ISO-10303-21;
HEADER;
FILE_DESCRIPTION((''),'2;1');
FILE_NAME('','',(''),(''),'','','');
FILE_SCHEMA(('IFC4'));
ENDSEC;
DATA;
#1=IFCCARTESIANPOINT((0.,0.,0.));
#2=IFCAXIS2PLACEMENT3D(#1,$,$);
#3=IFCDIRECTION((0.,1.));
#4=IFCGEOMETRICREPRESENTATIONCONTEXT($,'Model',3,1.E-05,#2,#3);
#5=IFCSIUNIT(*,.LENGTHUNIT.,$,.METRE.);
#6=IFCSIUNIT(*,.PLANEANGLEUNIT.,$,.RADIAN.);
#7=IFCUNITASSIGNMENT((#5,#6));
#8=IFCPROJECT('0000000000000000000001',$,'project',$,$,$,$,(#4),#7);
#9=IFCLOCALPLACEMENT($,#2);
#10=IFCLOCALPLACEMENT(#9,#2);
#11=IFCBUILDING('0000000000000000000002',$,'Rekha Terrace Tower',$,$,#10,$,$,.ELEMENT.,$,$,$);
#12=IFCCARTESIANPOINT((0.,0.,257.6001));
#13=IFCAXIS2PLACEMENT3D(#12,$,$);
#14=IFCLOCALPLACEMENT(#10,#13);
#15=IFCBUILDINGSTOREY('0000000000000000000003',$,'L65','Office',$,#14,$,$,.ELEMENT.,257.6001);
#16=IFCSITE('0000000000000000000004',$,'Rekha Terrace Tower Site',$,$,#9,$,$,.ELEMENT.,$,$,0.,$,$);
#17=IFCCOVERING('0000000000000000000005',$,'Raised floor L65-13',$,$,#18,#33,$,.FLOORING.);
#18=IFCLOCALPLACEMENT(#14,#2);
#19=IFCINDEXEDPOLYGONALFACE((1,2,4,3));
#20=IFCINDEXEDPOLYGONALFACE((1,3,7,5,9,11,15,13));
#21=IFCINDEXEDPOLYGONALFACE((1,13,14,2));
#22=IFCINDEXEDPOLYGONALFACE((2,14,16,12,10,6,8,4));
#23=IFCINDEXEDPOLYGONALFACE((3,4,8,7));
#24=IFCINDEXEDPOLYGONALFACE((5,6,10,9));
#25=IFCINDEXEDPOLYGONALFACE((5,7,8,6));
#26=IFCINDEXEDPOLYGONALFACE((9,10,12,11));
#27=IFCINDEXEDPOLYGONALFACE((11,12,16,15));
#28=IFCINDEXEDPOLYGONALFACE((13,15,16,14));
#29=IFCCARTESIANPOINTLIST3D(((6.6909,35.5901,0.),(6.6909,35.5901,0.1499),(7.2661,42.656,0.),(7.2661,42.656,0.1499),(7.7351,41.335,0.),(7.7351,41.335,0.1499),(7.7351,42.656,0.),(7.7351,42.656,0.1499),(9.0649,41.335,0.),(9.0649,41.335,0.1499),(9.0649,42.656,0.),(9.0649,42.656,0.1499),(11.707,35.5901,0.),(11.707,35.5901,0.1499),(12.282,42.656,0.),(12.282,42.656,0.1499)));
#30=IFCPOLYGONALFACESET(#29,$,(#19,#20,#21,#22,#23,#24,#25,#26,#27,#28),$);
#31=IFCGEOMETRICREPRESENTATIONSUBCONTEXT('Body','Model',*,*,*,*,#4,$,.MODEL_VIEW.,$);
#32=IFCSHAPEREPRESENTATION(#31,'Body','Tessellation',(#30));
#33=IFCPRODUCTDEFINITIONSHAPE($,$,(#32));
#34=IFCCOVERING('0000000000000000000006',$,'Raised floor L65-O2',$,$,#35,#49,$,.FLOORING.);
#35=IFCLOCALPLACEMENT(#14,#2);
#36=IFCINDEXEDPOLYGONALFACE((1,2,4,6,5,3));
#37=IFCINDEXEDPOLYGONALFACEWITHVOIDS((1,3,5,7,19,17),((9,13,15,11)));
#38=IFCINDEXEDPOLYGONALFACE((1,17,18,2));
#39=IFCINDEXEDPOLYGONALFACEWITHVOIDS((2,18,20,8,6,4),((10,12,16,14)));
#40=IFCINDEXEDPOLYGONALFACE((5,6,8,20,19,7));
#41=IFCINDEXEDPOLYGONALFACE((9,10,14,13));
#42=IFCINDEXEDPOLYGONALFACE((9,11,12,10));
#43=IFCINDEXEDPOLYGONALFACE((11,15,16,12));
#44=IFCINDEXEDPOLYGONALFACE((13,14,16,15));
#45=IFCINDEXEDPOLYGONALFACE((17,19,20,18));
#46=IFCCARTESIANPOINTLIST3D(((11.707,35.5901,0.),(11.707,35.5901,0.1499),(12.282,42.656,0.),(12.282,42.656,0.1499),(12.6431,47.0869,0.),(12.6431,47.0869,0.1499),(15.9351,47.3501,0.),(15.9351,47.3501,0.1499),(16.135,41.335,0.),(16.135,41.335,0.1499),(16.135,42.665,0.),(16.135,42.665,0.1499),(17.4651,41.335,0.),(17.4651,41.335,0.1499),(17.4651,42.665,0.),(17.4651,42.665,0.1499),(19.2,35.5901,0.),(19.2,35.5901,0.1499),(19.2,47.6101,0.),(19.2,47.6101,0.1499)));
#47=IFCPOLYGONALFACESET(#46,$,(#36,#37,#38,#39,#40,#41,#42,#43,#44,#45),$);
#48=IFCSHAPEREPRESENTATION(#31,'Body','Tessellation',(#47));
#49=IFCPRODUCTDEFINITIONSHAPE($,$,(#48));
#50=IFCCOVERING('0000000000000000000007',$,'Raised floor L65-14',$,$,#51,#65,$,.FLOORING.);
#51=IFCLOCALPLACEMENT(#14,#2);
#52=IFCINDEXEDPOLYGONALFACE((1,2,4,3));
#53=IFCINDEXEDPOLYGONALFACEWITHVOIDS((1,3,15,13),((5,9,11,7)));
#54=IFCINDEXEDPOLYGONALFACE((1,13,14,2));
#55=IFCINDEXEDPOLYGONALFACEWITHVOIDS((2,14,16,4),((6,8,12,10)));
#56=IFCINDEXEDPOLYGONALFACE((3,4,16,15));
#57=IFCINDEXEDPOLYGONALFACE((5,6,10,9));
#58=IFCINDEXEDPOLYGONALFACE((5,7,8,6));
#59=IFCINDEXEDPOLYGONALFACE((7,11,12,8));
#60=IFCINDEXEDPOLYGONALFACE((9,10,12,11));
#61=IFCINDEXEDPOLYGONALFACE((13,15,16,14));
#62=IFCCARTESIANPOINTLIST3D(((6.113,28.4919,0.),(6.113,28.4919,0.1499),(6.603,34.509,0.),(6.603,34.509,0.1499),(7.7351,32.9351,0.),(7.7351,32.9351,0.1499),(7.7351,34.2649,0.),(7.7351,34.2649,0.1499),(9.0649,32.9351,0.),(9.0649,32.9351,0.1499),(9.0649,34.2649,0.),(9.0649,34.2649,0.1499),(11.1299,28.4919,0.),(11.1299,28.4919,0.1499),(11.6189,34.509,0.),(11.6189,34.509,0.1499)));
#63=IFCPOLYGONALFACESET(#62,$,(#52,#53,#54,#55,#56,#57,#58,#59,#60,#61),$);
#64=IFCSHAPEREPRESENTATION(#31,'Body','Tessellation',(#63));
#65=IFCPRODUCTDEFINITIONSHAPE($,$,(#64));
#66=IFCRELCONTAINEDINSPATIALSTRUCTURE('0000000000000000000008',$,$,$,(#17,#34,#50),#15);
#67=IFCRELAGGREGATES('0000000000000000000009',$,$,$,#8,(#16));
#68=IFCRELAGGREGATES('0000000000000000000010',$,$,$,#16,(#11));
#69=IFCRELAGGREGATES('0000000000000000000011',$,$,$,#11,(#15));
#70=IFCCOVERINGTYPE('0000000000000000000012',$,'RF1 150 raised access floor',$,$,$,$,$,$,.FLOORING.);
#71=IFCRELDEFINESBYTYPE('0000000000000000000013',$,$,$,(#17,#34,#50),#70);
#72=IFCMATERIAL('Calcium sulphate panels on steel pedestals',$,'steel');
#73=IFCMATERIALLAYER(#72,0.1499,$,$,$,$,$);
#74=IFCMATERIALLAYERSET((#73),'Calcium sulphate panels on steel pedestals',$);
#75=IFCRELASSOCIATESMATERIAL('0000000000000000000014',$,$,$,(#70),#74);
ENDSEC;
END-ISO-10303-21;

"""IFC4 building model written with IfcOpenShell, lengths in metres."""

from ifc_helpers import new_model, si_unit, direction, frame, origin, place, context, subcontext, project, spatial, polyline, outline, extrude, material, layer, layer_set, type_object, element, save


model = new_model("IFC4")

# Units and contexts
model_context = context("Model", 3, precision=1e-05, world=origin(), true_north=direction((0.0, 1.0)))
body_context = subcontext(model_context, "Body", "Model", "MODEL_VIEW")
ifc_project = project(units=[si_unit("LENGTHUNIT", "METRE"), si_unit("PLANEANGLEUNIT", "RADIAN")], contexts=[model_context])

# Site, building, storey
site_placement = place(None, origin())
site = spatial("IfcSite", under=ifc_project, at=site_placement, Name="Rekha Terrace Tower Site", CompositionType="ELEMENT", RefElevation=0.0)
building_placement = place(site_placement, origin())
building = spatial("IfcBuilding", under=site, at=building_placement, Name="Rekha Terrace Tower", CompositionType="ELEMENT")
storey_placement = place(building_placement, frame((0.0, 0.0, 257.6001)))
storey = spatial("IfcBuildingStorey", under=building, at=storey_placement, Name="L65", Description="Office", CompositionType="ELEMENT", Elevation=257.6001)

# Coverings
ifc_material_1 = material(Name="Calcium sulphate panels on steel pedestals", Category="steel")
ifc_layer_1 = layer(ifc_material_1, 0.1499)
ifc_layer_set_1 = layer_set([ifc_layer_1], Name="Calcium sulphate panels on steel pedestals")
covering_type_1 = type_object("IfcCoveringType", Name="RF1 150 raised access floor", PredefinedType="FLOORING", material=ifc_layer_set_1)
covering_1_placement = place(storey_placement, origin())
element("IfcCovering", 1, at=covering_1_placement, inside=storey, type_object=covering_type_1, Name="Raised floor L65-13", PredefinedType="FLOORING", context=body_context, shape_type="SweptSolid", body=[
    extrude(outline(polyline([(7.7351, 42.656), (7.2661, 42.656), (6.6909, 35.5901), (11.707, 35.5901), (12.282, 42.656), (9.0649, 42.656), (9.0649, 41.335), (7.7351, 41.335), (7.7351, 42.656)])), origin(), (0.0, 0.0, 1.0), 0.1499),
])
covering_2_placement = place(storey_placement, origin())
element("IfcCovering", 2, at=covering_2_placement, inside=storey, type_object=covering_type_1, Name="Raised floor L65-O2", PredefinedType="FLOORING", context=body_context, shape_type="SweptSolid", body=[
    extrude(outline(polyline([(12.6431, 47.0869), (12.282, 42.656), (11.707, 35.5901), (19.2, 35.5901), (19.2, 47.6101), (15.9351, 47.3501), (12.6431, 47.0869)]), holes=[polyline([(17.4651, 41.335), (16.135, 41.335), (16.135, 42.665), (17.4651, 42.665), (17.4651, 41.335)])]), origin(), (0.0, 0.0, 1.0), 0.1499),
])
covering_3_placement = place(storey_placement, origin())
element("IfcCovering", 3, at=covering_3_placement, inside=storey, type_object=covering_type_1, Name="Raised floor L65-14", PredefinedType="FLOORING", context=body_context, shape_type="SweptSolid", body=[
    extrude(outline(polyline([(11.1299, 28.4919), (11.6189, 34.509), (6.603, 34.509), (6.113, 28.4919), (11.1299, 28.4919)]), holes=[polyline([(9.0649, 34.2649), (9.0649, 32.9351), (7.7351, 32.9351), (7.7351, 34.2649), (9.0649, 34.2649)])]), origin(), (0.0, 0.0, 1.0), 0.1499),
])

save(model, "model.ifc")
